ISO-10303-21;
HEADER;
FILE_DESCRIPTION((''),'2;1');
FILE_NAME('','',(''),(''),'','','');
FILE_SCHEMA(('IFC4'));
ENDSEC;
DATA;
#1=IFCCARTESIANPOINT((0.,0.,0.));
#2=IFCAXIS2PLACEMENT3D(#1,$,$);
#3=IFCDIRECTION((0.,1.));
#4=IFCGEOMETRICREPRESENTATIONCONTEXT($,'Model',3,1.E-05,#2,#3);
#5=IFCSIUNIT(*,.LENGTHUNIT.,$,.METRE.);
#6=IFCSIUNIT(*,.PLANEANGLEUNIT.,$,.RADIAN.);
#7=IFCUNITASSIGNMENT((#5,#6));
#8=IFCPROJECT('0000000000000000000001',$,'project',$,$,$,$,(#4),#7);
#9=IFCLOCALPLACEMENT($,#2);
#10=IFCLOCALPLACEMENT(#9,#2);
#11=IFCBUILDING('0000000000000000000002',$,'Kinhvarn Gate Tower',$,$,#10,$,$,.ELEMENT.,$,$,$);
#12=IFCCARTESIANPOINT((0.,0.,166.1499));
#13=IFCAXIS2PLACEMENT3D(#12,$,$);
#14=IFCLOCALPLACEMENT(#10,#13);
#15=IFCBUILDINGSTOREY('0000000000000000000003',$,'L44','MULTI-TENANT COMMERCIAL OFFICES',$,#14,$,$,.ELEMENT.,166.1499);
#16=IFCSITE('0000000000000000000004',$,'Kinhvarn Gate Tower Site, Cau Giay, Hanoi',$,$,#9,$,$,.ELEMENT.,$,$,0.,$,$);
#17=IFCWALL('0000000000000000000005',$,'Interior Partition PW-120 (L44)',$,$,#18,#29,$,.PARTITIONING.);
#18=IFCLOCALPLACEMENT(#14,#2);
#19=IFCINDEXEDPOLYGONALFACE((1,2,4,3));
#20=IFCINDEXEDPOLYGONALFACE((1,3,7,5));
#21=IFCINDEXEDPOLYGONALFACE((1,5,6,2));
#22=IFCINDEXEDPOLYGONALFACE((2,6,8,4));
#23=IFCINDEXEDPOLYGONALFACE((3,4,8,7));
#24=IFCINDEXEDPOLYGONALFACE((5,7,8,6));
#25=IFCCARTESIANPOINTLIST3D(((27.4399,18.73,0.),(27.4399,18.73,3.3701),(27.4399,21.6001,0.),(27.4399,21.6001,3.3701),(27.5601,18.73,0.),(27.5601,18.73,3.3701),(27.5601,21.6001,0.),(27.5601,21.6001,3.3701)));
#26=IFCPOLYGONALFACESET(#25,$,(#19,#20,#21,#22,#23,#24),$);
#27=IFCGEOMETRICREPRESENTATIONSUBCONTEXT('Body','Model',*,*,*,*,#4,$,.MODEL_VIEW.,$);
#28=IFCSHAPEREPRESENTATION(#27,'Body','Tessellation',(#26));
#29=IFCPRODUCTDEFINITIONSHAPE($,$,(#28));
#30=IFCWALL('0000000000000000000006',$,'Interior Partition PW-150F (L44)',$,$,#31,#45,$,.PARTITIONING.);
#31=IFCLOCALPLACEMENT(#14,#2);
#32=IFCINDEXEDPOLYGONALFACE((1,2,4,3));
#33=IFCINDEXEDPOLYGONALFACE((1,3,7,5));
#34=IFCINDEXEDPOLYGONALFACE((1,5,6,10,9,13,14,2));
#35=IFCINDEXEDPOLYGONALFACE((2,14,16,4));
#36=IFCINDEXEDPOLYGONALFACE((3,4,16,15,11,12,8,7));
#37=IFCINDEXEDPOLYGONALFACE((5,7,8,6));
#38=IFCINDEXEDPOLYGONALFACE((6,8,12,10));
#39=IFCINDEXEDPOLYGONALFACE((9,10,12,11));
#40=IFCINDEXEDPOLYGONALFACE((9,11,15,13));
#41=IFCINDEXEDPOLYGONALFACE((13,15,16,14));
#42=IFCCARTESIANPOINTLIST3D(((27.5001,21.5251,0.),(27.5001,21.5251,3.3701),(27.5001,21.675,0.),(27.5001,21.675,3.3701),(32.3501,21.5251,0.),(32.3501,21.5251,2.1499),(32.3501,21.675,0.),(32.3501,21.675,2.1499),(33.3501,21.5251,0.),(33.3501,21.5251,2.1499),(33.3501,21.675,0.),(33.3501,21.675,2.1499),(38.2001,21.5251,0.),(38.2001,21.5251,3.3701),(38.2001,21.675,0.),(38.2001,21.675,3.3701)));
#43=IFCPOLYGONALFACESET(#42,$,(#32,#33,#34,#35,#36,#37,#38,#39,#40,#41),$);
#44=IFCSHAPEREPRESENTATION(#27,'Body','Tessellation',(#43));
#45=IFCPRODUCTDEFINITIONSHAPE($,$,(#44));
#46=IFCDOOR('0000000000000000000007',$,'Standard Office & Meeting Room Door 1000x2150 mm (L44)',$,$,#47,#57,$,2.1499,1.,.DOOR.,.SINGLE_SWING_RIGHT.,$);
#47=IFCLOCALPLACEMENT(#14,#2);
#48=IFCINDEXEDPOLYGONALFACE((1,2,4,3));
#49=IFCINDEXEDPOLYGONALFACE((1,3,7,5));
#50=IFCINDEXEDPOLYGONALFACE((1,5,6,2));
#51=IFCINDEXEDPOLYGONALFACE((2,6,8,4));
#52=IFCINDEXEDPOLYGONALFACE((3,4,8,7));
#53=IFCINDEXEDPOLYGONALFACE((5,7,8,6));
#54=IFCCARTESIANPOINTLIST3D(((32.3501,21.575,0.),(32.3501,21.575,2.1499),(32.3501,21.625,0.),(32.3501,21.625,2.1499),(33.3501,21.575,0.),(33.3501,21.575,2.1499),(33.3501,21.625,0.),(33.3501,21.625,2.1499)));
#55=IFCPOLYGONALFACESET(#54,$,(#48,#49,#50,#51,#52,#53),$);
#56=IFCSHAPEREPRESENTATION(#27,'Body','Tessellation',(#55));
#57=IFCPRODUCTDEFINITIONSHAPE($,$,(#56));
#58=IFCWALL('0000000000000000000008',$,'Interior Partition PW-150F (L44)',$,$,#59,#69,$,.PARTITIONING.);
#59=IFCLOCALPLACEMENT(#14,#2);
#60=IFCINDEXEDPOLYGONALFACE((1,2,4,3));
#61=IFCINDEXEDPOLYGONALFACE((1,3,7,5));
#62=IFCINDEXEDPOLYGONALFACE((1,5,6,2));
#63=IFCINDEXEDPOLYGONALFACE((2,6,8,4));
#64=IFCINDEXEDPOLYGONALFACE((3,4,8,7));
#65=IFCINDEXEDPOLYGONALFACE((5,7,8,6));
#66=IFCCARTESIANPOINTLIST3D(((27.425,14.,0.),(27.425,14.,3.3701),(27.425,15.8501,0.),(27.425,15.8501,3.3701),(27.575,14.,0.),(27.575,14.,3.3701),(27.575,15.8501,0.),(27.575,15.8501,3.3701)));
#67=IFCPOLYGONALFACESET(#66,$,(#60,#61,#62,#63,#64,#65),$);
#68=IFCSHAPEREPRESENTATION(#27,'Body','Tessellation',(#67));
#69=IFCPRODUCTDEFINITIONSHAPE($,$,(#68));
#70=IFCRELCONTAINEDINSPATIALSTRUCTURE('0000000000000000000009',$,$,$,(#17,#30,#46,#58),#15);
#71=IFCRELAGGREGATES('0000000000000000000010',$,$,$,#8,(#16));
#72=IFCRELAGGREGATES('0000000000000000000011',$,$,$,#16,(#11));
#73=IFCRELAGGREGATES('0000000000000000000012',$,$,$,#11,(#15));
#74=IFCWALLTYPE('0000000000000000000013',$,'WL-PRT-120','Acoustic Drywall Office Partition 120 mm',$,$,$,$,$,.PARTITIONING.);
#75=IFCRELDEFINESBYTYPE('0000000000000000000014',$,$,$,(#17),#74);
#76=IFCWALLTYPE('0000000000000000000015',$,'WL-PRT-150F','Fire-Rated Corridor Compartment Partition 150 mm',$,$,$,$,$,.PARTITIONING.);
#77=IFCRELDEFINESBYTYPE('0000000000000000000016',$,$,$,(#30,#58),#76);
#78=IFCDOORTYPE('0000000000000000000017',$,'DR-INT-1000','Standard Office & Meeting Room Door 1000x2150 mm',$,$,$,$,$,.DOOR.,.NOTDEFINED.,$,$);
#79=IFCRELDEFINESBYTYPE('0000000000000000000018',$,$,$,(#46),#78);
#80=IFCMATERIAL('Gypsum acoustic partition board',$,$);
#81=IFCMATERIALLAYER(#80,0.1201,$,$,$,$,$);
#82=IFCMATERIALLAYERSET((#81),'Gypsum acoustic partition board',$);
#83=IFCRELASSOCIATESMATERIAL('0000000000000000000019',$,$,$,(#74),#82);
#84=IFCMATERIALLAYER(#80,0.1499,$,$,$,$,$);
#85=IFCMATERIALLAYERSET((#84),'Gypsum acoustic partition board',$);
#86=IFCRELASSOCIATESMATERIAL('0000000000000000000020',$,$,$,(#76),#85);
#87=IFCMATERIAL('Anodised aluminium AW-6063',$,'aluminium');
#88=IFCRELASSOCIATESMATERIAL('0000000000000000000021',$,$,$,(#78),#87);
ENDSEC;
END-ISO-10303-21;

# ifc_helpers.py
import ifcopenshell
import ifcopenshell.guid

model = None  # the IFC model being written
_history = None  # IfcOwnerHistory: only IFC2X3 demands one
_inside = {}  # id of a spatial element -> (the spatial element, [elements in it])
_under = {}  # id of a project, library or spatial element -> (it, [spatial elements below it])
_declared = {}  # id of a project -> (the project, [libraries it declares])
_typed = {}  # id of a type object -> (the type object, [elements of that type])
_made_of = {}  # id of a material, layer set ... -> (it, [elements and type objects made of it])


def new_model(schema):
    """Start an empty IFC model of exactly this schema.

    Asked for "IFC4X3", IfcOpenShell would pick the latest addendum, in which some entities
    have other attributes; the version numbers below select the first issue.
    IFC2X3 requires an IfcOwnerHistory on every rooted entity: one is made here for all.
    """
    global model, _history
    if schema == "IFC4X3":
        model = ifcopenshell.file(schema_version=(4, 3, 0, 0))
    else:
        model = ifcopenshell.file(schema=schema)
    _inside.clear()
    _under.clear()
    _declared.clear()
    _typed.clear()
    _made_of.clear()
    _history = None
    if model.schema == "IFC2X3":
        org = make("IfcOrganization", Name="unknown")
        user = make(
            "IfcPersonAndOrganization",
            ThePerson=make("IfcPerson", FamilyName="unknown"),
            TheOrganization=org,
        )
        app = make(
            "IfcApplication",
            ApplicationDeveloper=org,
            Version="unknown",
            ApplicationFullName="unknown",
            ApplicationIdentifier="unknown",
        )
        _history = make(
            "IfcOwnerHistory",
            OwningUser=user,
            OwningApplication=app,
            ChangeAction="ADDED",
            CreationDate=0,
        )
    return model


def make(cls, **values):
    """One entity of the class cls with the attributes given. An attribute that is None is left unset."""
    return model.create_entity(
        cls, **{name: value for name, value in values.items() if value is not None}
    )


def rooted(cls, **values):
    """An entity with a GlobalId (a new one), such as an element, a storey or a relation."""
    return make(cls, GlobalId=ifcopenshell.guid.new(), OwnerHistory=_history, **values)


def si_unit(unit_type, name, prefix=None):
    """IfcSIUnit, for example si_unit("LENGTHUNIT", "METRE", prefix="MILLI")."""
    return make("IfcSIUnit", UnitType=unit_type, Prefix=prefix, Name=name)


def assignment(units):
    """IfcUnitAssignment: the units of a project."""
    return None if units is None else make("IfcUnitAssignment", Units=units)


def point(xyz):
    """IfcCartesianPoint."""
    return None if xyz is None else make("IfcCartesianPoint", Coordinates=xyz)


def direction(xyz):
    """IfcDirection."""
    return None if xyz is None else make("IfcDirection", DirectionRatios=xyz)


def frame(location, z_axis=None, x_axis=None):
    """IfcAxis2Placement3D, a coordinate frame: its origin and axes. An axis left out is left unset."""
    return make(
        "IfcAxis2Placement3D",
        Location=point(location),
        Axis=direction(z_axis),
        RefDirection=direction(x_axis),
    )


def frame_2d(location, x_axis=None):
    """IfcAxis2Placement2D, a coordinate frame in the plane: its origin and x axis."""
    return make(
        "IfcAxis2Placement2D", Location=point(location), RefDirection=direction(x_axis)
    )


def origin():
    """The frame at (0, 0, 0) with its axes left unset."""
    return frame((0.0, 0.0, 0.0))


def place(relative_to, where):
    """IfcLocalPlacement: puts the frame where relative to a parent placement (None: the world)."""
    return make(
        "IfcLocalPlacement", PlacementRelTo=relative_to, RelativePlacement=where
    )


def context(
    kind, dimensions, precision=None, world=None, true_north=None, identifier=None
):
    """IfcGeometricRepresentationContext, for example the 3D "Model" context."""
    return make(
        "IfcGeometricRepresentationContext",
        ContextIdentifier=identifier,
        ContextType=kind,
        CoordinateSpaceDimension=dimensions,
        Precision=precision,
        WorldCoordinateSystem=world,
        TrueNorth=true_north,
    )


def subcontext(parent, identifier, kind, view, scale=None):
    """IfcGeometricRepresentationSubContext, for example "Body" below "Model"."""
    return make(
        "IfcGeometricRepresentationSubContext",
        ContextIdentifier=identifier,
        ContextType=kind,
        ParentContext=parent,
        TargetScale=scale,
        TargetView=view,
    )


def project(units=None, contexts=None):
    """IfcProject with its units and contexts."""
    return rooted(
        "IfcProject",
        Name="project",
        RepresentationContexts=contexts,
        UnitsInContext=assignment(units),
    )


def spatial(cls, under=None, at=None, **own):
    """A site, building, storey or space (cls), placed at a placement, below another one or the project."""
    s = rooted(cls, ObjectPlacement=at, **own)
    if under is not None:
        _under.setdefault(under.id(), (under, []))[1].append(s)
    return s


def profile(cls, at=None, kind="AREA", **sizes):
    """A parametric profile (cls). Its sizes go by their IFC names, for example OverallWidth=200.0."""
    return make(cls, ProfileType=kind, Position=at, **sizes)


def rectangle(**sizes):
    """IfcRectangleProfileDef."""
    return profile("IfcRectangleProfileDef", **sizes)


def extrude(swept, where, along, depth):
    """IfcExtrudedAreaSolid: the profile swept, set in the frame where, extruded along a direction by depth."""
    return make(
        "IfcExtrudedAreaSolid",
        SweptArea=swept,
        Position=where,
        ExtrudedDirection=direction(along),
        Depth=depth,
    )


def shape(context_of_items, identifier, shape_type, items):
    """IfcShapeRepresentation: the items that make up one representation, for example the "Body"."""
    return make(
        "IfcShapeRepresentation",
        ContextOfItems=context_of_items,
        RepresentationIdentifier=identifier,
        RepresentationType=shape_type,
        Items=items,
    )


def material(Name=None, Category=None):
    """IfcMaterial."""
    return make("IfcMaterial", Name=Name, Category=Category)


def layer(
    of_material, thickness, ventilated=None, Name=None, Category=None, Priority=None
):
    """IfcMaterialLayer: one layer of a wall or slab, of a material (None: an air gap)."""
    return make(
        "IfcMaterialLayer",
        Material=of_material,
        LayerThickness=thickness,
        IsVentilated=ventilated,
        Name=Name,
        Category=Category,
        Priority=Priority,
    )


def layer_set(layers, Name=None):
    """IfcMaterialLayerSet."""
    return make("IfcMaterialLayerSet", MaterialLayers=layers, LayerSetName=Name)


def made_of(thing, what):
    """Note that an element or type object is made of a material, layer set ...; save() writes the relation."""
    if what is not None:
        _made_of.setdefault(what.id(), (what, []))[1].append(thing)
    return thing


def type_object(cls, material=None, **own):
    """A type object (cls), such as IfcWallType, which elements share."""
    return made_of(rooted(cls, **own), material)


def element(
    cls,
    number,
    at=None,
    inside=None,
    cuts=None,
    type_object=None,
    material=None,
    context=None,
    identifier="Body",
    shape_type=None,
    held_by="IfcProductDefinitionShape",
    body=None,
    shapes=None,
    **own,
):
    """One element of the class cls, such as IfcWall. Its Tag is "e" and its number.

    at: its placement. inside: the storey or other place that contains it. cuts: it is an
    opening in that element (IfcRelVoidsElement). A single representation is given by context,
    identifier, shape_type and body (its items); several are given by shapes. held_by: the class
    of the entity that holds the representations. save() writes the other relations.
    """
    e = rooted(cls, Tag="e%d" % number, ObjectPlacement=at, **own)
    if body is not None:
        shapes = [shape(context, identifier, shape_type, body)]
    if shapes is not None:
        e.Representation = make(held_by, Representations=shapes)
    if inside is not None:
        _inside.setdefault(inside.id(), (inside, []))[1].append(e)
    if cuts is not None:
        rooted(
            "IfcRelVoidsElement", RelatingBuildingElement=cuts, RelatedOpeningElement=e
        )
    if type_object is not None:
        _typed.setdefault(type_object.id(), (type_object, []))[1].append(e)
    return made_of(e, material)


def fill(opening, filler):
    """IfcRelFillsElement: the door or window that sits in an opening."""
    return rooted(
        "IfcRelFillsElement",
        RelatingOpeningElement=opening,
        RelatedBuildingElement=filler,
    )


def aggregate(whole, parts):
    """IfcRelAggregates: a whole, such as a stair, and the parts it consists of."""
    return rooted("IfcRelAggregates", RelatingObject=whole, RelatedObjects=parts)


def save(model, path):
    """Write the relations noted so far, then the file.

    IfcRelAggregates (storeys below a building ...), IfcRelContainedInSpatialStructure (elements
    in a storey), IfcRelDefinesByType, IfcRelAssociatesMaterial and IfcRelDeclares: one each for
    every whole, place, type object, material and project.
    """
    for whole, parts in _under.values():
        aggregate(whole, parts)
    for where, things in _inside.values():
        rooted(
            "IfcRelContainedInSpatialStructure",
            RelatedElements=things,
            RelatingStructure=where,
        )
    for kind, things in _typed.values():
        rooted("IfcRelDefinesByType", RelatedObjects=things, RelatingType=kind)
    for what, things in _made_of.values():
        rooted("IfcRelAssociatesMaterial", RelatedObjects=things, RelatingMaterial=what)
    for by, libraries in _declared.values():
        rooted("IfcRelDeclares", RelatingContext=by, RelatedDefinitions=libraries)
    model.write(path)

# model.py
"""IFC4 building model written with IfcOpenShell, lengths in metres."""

from ifc_helpers import new_model, si_unit, direction, frame, frame_2d, origin, place, context, subcontext, project, spatial, rectangle, extrude, material, layer, layer_set, type_object, element, fill, save


model = new_model("IFC4")

# Units and contexts
model_context = context("Model", 3, precision=1e-05, world=origin(), true_north=direction((0.0, 1.0)))
body_context = subcontext(model_context, "Body", "Model", "MODEL_VIEW")
ifc_project = project(units=[si_unit("LENGTHUNIT", "METRE"), si_unit("PLANEANGLEUNIT", "RADIAN")], contexts=[model_context])

# Site, building, storey
site_placement = place(None, origin())
site = spatial("IfcSite", under=ifc_project, at=site_placement, Name="Kinhvarn Gate Tower Site, Cau Giay, Hanoi", CompositionType="ELEMENT", RefElevation=0.0)
building_placement = place(site_placement, origin())
building = spatial("IfcBuilding", under=site, at=building_placement, Name="Kinhvarn Gate Tower", CompositionType="ELEMENT")
storey_placement = place(building_placement, frame((0.0, 0.0, 166.1499)))
storey = spatial("IfcBuildingStorey", under=building, at=storey_placement, Name="L44", Description="MULTI-TENANT COMMERCIAL OFFICES", CompositionType="ELEMENT", Elevation=166.1499)

# Wall
ifc_material_1 = material(Name="Gypsum acoustic partition board")
ifc_layer_1 = layer(ifc_material_1, 0.1201)
ifc_layer_set_1 = layer_set([ifc_layer_1], Name="Gypsum acoustic partition board")
wall_type_1 = type_object("IfcWallType", Name="WL-PRT-120", Description="Acoustic Drywall Office Partition 120 mm", PredefinedType="PARTITIONING", material=ifc_layer_set_1)
wall_1_placement = place(storey_placement, frame((27.5, 18.73, 0.0), z_axis=(0.0, 0.0, 1.0), x_axis=(0.0, 1.0, 0.0)))
element("IfcWall", 1, at=wall_1_placement, inside=storey, type_object=wall_type_1, Name="Interior Partition PW-120 (L44)", PredefinedType="PARTITIONING", context=body_context, shape_type="SweptSolid", body=[
    extrude(rectangle(XDim=2.8701, YDim=0.1201, at=frame_2d((1.4351, 0.0))), origin(), (0.0, 0.0, 1.0), 3.3701),
])

# Wall, opening, door
ifc_layer_2 = layer(ifc_material_1, 0.1499)
ifc_layer_set_2 = layer_set([ifc_layer_2], Name="Gypsum acoustic partition board")
wall_type_2 = type_object("IfcWallType", Name="WL-PRT-150F", Description="Fire-Rated Corridor Compartment Partition 150 mm", PredefinedType="PARTITIONING", material=ifc_layer_set_2)
wall_2_placement = place(storey_placement, frame((27.5, 21.6001, 0.0), z_axis=(0.0, 0.0, 1.0), x_axis=(1.0, 0.0, 0.0)))
wall_2 = element("IfcWall", 2, at=wall_2_placement, inside=storey, type_object=wall_type_2, Name="Interior Partition PW-150F (L44)", PredefinedType="PARTITIONING", context=body_context, shape_type="SweptSolid", body=[
    extrude(rectangle(XDim=10.7, YDim=0.1499, at=frame_2d((5.3501, 0.0))), origin(), (0.0, 0.0, 1.0), 3.3701),
])
opening_placement = place(wall_2_placement, frame((4.8501, 0.0, 0.0)))
opening = element("IfcOpeningElement", 3, at=opening_placement, cuts=wall_2, PredefinedType="OPENING", context=body_context, shape_type="SweptSolid", body=[
    extrude(rectangle(XDim=1.0, YDim=2.1499, at=frame_2d((0.5, 1.075))), frame((0.0, 0.085, 0.0), z_axis=(0.0, -1.0, 0.0), x_axis=(1.0, 0.0, 0.0)), (0.0, 0.0, 1.0), 0.1699),
])
ifc_material_2 = material(Name="Anodised aluminium AW-6063", Category="aluminium")
door_type = type_object("IfcDoorType", Name="DR-INT-1000", Description="Standard Office & Meeting Room Door 1000x2150 mm", OperationType="NOTDEFINED", PredefinedType="DOOR", material=ifc_material_2)
door_placement = place(opening_placement, origin())
door = element("IfcDoor", 4, at=door_placement, inside=storey, type_object=door_type, Name="Standard Office & Meeting Room Door 1000x2150 mm (L44)", OperationType="SINGLE_SWING_RIGHT", OverallHeight=2.1499, OverallWidth=1.0, PredefinedType="DOOR", context=body_context, shape_type="SweptSolid", body=[
    extrude(rectangle(XDim=1.0, YDim=2.1499, at=frame_2d((0.5, 1.075))), frame((0.0, 0.0249, 0.0), z_axis=(0.0, -1.0, 0.0), x_axis=(1.0, 0.0, 0.0)), (0.0, 0.0, 1.0), 0.05),
])
fill(opening, door)

# Wall
wall_3_placement = place(storey_placement, frame((27.5, 14.0, 0.0), z_axis=(0.0, 0.0, 1.0), x_axis=(0.0, 1.0, 0.0)))
element("IfcWall", 5, at=wall_3_placement, inside=storey, type_object=wall_type_2, Name="Interior Partition PW-150F (L44)", PredefinedType="PARTITIONING", context=body_context, shape_type="SweptSolid", body=[
    extrude(rectangle(XDim=1.8501, YDim=0.1499, at=frame_2d((0.925, 0.0))), origin(), (0.0, 0.0, 1.0), 3.3701),
])

save(model, "model.ifc")
